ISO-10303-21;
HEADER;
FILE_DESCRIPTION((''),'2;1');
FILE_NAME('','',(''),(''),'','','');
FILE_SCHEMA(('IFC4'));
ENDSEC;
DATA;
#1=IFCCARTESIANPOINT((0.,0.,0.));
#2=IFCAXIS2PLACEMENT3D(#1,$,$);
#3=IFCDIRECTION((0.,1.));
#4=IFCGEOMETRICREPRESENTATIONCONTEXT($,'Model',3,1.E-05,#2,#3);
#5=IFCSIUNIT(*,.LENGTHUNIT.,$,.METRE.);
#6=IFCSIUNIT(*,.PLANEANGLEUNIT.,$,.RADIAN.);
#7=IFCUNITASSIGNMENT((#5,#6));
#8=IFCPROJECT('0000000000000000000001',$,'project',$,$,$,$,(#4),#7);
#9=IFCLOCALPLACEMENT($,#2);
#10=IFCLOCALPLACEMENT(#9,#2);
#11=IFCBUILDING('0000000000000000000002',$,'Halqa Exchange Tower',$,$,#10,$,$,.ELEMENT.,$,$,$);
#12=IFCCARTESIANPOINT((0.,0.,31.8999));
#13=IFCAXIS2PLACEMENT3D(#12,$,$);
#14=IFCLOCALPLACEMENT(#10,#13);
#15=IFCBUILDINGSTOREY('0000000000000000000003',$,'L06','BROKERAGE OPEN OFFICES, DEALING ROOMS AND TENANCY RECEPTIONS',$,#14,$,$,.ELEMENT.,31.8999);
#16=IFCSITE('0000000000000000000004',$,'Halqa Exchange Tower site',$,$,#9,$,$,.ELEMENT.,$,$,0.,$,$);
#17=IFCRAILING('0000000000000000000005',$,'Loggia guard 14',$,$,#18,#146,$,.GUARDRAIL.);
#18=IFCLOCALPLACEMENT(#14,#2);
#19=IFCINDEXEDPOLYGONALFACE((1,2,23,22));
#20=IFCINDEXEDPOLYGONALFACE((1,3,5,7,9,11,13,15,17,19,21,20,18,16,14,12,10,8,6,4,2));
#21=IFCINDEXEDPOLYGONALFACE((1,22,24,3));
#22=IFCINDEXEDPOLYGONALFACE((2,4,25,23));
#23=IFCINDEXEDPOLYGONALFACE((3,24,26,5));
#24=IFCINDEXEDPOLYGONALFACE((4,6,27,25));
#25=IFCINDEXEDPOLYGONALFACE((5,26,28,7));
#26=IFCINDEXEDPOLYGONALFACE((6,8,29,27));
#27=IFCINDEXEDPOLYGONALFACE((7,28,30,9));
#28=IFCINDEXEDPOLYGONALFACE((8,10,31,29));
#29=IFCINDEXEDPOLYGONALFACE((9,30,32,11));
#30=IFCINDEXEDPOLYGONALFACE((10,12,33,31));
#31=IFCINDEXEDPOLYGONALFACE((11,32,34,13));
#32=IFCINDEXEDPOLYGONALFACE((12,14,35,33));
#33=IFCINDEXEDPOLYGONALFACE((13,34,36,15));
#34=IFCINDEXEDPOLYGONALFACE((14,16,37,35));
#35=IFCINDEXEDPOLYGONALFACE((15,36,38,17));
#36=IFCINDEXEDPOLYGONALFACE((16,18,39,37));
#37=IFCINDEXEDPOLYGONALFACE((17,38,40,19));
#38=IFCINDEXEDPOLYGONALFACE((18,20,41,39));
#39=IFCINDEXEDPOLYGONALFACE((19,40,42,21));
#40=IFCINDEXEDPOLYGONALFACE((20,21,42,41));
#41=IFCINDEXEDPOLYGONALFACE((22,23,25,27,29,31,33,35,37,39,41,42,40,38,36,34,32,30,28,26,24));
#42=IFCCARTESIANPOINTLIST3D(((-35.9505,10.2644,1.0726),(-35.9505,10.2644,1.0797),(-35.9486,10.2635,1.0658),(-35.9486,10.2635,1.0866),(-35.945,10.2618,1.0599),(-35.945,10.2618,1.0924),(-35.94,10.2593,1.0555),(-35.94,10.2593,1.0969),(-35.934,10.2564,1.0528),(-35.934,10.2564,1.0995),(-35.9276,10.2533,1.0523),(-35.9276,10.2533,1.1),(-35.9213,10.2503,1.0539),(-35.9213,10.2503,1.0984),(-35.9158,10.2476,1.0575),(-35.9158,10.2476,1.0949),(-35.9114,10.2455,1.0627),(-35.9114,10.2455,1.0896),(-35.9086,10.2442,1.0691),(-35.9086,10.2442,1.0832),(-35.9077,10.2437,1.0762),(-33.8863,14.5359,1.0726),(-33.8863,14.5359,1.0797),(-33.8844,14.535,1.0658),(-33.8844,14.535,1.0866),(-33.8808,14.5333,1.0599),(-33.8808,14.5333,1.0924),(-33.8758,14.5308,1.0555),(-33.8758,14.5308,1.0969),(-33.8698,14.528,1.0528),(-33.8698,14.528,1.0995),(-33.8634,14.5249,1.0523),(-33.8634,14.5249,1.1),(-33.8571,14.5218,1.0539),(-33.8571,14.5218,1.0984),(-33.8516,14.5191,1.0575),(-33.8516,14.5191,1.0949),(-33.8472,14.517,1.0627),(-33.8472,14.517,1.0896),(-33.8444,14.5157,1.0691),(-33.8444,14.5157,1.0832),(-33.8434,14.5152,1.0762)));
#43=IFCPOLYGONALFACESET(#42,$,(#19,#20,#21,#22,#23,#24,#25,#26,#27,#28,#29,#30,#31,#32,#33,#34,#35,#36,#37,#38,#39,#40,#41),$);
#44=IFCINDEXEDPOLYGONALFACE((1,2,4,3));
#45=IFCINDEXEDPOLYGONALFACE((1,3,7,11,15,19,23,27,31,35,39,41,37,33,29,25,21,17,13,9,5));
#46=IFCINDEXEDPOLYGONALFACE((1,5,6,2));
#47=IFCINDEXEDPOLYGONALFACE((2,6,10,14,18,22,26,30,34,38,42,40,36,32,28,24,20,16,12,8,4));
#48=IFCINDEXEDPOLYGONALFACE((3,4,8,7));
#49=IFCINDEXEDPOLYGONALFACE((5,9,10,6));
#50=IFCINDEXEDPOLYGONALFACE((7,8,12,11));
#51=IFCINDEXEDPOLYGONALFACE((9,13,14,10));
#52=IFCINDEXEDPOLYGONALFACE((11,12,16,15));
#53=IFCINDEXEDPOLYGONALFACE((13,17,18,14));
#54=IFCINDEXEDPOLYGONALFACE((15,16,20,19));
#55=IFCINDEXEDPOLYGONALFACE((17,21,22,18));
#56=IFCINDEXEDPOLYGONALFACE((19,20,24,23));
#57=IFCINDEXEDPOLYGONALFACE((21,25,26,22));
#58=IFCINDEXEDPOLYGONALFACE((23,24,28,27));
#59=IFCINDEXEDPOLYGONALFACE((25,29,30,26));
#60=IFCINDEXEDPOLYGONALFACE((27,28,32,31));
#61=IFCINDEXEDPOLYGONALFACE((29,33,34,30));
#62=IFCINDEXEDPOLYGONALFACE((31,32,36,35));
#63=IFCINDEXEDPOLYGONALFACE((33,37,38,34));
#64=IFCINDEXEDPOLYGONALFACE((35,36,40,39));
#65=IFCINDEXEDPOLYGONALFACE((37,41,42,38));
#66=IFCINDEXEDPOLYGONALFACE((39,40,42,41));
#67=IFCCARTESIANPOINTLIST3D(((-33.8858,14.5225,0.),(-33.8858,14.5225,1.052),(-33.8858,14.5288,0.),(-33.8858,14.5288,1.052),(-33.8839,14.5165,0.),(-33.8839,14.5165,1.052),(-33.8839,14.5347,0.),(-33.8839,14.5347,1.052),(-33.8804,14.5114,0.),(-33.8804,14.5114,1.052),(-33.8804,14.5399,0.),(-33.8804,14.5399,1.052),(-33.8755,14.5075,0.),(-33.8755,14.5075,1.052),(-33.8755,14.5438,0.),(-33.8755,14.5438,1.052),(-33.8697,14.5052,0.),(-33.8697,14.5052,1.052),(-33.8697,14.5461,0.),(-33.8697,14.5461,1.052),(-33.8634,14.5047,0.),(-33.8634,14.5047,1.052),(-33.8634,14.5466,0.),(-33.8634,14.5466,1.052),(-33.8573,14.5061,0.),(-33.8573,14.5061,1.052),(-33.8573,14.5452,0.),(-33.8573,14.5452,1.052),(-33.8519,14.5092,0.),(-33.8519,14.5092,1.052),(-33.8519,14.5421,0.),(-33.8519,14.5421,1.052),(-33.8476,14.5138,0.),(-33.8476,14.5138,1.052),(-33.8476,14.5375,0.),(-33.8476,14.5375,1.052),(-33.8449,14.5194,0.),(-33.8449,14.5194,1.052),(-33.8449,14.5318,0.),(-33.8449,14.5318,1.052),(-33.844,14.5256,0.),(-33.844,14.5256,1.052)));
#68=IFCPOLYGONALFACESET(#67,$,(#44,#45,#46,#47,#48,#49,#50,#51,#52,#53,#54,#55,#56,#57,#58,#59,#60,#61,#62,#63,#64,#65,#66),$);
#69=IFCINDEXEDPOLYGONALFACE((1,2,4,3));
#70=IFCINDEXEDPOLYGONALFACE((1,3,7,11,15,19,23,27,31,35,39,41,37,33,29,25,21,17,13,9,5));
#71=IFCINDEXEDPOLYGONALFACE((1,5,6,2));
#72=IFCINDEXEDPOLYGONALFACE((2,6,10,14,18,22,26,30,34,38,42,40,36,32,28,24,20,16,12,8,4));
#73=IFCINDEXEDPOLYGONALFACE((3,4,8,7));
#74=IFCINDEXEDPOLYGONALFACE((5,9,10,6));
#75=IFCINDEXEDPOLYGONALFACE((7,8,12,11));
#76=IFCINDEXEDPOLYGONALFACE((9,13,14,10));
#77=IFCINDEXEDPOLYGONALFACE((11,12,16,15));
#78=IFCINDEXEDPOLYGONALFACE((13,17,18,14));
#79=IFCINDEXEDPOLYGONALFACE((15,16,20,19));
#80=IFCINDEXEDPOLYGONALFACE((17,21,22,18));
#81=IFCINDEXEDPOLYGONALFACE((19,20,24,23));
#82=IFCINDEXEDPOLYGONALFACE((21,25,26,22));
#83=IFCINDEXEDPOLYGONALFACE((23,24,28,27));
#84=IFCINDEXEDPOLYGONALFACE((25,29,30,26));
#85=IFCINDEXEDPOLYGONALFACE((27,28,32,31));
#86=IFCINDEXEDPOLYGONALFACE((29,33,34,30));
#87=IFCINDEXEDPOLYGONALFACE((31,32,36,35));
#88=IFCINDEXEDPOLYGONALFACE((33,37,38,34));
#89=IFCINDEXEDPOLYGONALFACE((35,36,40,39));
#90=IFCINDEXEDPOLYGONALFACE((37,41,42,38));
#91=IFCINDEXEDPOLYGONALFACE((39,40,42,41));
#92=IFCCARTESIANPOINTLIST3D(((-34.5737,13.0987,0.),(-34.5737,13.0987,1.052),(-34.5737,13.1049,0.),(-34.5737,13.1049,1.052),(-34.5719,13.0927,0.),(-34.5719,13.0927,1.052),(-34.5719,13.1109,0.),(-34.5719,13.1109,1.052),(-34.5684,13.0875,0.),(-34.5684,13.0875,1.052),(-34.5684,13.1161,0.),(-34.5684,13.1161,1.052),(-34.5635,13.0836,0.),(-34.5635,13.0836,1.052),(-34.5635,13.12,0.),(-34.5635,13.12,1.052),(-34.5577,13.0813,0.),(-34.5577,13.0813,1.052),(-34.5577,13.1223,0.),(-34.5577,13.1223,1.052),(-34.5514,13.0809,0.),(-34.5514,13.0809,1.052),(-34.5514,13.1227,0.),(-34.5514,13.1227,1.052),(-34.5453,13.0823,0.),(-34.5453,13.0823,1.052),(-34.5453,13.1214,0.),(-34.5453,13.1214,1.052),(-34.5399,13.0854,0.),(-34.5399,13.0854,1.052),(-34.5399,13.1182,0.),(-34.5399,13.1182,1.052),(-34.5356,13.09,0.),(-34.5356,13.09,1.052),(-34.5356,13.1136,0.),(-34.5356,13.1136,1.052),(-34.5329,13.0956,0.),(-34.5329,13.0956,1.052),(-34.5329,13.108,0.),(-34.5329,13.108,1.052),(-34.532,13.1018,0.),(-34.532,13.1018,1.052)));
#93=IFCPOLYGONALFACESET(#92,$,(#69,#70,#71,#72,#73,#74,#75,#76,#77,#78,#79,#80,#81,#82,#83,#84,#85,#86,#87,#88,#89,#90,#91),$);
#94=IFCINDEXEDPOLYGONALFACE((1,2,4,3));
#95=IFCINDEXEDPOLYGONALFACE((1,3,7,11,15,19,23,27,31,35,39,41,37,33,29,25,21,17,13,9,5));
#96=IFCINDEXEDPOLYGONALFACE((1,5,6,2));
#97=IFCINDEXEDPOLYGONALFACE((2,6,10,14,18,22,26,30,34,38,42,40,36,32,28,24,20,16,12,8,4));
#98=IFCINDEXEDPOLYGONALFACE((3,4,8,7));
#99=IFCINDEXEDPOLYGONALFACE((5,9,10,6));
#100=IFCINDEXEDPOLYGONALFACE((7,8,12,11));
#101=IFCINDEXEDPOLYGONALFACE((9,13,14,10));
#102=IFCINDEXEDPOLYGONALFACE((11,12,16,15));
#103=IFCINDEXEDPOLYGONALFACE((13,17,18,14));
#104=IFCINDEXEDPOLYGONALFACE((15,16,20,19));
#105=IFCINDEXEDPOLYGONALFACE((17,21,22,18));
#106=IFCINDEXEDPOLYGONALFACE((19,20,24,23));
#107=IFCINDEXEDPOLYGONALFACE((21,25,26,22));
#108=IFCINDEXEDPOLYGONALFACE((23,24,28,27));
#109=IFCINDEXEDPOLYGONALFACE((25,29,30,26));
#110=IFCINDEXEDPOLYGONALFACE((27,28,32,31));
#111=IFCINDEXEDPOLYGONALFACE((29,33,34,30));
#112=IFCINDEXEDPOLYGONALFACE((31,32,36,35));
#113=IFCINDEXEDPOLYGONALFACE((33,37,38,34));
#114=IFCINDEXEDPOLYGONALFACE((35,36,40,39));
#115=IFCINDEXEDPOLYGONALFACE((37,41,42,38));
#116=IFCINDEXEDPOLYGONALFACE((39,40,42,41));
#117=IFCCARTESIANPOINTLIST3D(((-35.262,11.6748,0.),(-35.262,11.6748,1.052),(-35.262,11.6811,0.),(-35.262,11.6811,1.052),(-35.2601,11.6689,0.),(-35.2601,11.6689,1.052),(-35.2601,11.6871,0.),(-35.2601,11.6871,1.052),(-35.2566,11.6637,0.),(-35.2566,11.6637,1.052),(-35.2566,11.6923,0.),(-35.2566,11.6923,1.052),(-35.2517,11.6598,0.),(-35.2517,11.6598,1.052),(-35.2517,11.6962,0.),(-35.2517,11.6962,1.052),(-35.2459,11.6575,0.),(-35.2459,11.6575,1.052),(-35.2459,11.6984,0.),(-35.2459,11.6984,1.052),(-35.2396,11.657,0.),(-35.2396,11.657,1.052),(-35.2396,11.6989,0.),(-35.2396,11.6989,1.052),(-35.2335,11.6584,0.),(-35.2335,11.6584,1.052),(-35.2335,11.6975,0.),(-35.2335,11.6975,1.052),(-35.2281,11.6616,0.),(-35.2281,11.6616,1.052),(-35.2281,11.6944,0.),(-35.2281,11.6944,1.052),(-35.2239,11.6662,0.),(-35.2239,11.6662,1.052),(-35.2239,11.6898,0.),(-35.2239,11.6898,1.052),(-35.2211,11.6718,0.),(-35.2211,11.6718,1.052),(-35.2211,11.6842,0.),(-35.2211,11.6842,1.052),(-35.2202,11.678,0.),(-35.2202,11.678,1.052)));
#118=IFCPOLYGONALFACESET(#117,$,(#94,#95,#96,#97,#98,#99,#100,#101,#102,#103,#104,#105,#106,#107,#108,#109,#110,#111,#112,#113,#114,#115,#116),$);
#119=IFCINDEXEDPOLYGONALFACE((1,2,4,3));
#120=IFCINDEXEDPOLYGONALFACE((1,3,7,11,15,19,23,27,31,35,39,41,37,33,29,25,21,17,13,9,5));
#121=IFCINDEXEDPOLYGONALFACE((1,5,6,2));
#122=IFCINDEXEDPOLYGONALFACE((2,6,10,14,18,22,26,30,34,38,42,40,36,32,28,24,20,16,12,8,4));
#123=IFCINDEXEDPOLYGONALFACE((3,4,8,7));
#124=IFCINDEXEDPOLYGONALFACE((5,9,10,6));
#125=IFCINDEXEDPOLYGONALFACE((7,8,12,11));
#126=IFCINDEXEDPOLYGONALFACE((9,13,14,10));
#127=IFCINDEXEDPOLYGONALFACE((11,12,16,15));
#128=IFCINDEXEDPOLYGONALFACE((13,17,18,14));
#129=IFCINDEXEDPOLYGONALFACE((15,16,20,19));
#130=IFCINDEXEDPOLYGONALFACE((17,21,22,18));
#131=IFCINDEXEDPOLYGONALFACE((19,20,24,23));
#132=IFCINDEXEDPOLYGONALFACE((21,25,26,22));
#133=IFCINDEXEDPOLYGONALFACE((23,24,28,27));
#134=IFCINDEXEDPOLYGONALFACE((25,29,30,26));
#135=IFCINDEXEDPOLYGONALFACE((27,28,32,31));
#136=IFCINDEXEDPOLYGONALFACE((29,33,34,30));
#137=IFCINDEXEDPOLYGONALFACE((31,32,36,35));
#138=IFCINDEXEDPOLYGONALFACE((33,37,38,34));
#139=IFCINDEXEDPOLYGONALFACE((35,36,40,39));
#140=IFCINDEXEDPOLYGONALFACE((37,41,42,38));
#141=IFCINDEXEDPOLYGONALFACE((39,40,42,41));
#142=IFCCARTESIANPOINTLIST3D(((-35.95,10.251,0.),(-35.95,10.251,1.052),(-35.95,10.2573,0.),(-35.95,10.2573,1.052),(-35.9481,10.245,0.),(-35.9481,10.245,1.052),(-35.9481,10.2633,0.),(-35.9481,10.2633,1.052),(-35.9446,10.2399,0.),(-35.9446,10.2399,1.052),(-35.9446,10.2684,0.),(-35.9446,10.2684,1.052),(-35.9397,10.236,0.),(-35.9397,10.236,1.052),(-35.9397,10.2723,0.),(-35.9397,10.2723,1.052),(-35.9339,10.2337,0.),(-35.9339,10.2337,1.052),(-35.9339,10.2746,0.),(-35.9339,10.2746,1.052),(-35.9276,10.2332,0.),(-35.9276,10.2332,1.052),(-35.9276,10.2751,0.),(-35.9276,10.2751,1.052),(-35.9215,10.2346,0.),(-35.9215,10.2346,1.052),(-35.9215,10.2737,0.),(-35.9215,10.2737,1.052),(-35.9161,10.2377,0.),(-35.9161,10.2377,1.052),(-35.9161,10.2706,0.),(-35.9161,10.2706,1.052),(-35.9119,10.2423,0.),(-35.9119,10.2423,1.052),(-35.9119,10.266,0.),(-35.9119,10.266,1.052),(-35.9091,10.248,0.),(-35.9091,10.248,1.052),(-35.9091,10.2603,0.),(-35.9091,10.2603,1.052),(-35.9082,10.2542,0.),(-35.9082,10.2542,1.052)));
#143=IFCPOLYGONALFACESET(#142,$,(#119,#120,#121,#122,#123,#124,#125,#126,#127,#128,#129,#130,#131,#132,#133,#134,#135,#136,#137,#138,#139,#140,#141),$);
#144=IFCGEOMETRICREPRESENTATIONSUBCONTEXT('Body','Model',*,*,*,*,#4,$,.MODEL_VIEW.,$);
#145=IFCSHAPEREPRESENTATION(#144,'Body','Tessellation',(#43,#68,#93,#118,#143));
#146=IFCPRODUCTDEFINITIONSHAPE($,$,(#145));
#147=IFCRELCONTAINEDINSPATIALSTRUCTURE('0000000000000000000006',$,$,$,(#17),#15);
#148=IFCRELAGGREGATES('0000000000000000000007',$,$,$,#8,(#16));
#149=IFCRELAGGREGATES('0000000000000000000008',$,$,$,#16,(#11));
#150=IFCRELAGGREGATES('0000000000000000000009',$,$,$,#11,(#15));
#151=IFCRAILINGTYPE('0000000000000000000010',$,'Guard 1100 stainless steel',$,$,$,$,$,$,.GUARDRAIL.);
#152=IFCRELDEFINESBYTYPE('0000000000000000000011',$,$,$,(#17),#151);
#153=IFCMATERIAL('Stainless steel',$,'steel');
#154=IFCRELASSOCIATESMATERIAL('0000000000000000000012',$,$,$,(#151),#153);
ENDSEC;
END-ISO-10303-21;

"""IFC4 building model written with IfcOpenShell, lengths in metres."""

from ifc_helpers import new_model, si_unit, direction, frame, origin, origin_2d, place, context, subcontext, project, spatial, circle, extrude, material, type_object, element, save


model = new_model("IFC4")

# Units and contexts
model_context = context("Model", 3, precision=1e-05, world=origin(), true_north=direction((0.0, 1.0)))
body_context = subcontext(model_context, "Body", "Model", "MODEL_VIEW")
ifc_project = project(units=[si_unit("LENGTHUNIT", "METRE"), si_unit("PLANEANGLEUNIT", "RADIAN")], contexts=[model_context])

# Site, building, storey
site_placement = place(None, origin())
site = spatial("IfcSite", under=ifc_project, at=site_placement, Name="Halqa Exchange Tower site", CompositionType="ELEMENT", RefElevation=0.0)
building_placement = place(site_placement, origin())
building = spatial("IfcBuilding", under=site, at=building_placement, Name="Halqa Exchange Tower", CompositionType="ELEMENT")
storey_placement = place(building_placement, frame((0.0, 0.0, 31.8999)))
storey = spatial("IfcBuildingStorey", under=building, at=storey_placement, Name="L06", Description="BROKERAGE OPEN OFFICES, DEALING ROOMS AND TENANCY RECEPTIONS", CompositionType="ELEMENT", Elevation=31.8999)

# Railing
ifc_material_1 = material(Name="Stainless steel", Category="steel")
railing_type = type_object("IfcRailingType", Name="Guard 1100 stainless steel", PredefinedType="GUARDRAIL", material=ifc_material_1)
railing_1_placement = place(storey_placement, frame((-33.865, 14.5256, 0.0)))
element("IfcRailing", 1, at=railing_1_placement, inside=storey, type_object=railing_type, Name="Loggia guard 14", PredefinedType="GUARDRAIL", context=body_context, shape_type="SweptSolid", body=[
    extrude(circle(Radius=0.0239, at=origin_2d()), frame((0.0, 0.0, 1.0762), z_axis=(-0.43511, -0.900377, 0.0), x_axis=(0.900377, -0.43511, 0.0)), (0.0, 0.0, 1.0), 4.7441),
    extrude(circle(Radius=0.021, at=origin_2d()), origin(), (0.0, 0.0, 1.0), 1.052),
    extrude(circle(Radius=0.021, at=origin_2d()), frame((-0.688, -1.4238, 0.0)), (0.0, 0.0, 1.0), 1.052),
    extrude(circle(Radius=0.021, at=origin_2d()), frame((-1.3762, -2.8477, 0.0)), (0.0, 0.0, 1.0), 1.052),
    extrude(circle(Radius=0.021, at=origin_2d()), frame((-2.0642, -4.2715, 0.0)), (0.0, 0.0, 1.0), 1.052),
])

save(model, "model.ifc")
